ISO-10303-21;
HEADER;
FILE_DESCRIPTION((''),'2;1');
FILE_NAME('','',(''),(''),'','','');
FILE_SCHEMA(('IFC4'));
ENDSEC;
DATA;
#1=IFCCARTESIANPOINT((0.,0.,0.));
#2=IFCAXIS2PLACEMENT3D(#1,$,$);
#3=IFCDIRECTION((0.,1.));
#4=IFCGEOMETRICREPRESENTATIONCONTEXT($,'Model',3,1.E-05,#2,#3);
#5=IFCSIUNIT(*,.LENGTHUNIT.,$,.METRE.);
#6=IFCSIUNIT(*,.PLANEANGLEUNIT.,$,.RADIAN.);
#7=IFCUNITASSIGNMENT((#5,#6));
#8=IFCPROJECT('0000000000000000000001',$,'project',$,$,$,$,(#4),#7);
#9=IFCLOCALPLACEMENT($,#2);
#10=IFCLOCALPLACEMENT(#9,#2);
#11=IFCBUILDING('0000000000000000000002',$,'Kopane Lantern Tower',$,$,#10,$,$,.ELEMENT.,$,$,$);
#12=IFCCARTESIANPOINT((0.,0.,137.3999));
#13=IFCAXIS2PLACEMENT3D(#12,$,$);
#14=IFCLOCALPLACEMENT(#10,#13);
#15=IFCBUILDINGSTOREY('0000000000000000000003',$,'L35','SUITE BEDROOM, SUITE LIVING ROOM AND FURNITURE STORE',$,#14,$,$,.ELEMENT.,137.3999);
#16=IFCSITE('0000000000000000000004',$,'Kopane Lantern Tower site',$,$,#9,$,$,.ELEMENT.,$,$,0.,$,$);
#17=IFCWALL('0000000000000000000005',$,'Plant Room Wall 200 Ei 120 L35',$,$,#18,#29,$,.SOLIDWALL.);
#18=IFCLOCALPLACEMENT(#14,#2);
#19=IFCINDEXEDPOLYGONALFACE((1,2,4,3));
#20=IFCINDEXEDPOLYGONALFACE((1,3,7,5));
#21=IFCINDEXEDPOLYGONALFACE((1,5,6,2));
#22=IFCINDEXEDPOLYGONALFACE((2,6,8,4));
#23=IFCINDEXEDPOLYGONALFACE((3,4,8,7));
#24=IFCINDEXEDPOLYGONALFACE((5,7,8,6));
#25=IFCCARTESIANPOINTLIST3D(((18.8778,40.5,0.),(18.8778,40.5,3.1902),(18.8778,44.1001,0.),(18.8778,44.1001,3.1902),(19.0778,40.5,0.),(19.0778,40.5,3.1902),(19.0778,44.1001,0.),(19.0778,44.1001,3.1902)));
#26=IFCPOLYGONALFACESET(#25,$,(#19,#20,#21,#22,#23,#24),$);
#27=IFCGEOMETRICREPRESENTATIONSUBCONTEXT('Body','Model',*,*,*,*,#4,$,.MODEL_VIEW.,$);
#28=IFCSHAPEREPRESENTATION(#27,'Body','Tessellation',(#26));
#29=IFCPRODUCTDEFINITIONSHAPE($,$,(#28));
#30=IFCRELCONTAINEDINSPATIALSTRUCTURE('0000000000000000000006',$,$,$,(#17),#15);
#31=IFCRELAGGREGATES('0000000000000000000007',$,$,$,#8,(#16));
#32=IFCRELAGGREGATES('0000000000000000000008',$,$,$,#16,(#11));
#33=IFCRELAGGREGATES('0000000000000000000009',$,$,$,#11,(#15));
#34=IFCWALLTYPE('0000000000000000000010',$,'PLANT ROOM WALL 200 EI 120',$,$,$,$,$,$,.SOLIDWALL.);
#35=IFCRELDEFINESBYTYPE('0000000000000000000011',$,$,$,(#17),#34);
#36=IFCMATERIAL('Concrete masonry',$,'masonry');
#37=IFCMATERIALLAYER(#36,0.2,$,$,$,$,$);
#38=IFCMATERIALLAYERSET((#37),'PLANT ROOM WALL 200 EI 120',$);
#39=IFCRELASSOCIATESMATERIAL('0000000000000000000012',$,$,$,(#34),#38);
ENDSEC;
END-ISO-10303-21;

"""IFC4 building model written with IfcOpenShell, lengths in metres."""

from ifc_helpers import new_model, si_unit, direction, frame, frame_2d, origin, place, context, subcontext, project, spatial, rectangle, extrude, material, layer, layer_set, type_object, element, save


model = new_model("IFC4")

# Units and contexts
model_context = context("Model", 3, precision=1e-05, world=origin(), true_north=direction((0.0, 1.0)))
body_context = subcontext(model_context, "Body", "Model", "MODEL_VIEW")
ifc_project = project(units=[si_unit("LENGTHUNIT", "METRE"), si_unit("PLANEANGLEUNIT", "RADIAN")], contexts=[model_context])

# Site, building, storey
site_placement = place(None, origin())
site = spatial("IfcSite", under=ifc_project, at=site_placement, Name="Kopane Lantern Tower site", CompositionType="ELEMENT", RefElevation=0.0)
building_placement = place(site_placement, origin())
building = spatial("IfcBuilding", under=site, at=building_placement, Name="Kopane Lantern Tower", CompositionType="ELEMENT")
storey_placement = place(building_placement, frame((0.0, 0.0, 137.3999)))
storey = spatial("IfcBuildingStorey", under=building, at=storey_placement, Name="L35", Description="SUITE BEDROOM, SUITE LIVING ROOM AND FURNITURE STORE", CompositionType="ELEMENT", Elevation=137.3999)

# Wall
ifc_material_1 = material(Name="Concrete masonry", Category="masonry")
ifc_layer_1 = layer(ifc_material_1, 0.2)
ifc_layer_set_1 = layer_set([ifc_layer_1], Name="PLANT ROOM WALL 200 EI 120")
wall_type_1 = type_object("IfcWallType", Name="PLANT ROOM WALL 200 EI 120", PredefinedType="SOLIDWALL", material=ifc_layer_set_1)
wall_1_placement = place(storey_placement, frame((18.9778, 44.1001, 0.0), z_axis=(0.0, 0.0, 1.0), x_axis=(0.0, -1.0, 0.0)))
element("IfcWall", 1, at=wall_1_placement, inside=storey, type_object=wall_type_1, Name="Plant Room Wall 200 Ei 120 L35", PredefinedType="SOLIDWALL", context=body_context, shape_type="SweptSolid", body=[
    extrude(rectangle(XDim=3.6001, YDim=0.2, at=frame_2d((1.8, 0.0))), origin(), (0.0, 0.0, 1.0), 3.1902),
])

save(model, "model.ifc")
